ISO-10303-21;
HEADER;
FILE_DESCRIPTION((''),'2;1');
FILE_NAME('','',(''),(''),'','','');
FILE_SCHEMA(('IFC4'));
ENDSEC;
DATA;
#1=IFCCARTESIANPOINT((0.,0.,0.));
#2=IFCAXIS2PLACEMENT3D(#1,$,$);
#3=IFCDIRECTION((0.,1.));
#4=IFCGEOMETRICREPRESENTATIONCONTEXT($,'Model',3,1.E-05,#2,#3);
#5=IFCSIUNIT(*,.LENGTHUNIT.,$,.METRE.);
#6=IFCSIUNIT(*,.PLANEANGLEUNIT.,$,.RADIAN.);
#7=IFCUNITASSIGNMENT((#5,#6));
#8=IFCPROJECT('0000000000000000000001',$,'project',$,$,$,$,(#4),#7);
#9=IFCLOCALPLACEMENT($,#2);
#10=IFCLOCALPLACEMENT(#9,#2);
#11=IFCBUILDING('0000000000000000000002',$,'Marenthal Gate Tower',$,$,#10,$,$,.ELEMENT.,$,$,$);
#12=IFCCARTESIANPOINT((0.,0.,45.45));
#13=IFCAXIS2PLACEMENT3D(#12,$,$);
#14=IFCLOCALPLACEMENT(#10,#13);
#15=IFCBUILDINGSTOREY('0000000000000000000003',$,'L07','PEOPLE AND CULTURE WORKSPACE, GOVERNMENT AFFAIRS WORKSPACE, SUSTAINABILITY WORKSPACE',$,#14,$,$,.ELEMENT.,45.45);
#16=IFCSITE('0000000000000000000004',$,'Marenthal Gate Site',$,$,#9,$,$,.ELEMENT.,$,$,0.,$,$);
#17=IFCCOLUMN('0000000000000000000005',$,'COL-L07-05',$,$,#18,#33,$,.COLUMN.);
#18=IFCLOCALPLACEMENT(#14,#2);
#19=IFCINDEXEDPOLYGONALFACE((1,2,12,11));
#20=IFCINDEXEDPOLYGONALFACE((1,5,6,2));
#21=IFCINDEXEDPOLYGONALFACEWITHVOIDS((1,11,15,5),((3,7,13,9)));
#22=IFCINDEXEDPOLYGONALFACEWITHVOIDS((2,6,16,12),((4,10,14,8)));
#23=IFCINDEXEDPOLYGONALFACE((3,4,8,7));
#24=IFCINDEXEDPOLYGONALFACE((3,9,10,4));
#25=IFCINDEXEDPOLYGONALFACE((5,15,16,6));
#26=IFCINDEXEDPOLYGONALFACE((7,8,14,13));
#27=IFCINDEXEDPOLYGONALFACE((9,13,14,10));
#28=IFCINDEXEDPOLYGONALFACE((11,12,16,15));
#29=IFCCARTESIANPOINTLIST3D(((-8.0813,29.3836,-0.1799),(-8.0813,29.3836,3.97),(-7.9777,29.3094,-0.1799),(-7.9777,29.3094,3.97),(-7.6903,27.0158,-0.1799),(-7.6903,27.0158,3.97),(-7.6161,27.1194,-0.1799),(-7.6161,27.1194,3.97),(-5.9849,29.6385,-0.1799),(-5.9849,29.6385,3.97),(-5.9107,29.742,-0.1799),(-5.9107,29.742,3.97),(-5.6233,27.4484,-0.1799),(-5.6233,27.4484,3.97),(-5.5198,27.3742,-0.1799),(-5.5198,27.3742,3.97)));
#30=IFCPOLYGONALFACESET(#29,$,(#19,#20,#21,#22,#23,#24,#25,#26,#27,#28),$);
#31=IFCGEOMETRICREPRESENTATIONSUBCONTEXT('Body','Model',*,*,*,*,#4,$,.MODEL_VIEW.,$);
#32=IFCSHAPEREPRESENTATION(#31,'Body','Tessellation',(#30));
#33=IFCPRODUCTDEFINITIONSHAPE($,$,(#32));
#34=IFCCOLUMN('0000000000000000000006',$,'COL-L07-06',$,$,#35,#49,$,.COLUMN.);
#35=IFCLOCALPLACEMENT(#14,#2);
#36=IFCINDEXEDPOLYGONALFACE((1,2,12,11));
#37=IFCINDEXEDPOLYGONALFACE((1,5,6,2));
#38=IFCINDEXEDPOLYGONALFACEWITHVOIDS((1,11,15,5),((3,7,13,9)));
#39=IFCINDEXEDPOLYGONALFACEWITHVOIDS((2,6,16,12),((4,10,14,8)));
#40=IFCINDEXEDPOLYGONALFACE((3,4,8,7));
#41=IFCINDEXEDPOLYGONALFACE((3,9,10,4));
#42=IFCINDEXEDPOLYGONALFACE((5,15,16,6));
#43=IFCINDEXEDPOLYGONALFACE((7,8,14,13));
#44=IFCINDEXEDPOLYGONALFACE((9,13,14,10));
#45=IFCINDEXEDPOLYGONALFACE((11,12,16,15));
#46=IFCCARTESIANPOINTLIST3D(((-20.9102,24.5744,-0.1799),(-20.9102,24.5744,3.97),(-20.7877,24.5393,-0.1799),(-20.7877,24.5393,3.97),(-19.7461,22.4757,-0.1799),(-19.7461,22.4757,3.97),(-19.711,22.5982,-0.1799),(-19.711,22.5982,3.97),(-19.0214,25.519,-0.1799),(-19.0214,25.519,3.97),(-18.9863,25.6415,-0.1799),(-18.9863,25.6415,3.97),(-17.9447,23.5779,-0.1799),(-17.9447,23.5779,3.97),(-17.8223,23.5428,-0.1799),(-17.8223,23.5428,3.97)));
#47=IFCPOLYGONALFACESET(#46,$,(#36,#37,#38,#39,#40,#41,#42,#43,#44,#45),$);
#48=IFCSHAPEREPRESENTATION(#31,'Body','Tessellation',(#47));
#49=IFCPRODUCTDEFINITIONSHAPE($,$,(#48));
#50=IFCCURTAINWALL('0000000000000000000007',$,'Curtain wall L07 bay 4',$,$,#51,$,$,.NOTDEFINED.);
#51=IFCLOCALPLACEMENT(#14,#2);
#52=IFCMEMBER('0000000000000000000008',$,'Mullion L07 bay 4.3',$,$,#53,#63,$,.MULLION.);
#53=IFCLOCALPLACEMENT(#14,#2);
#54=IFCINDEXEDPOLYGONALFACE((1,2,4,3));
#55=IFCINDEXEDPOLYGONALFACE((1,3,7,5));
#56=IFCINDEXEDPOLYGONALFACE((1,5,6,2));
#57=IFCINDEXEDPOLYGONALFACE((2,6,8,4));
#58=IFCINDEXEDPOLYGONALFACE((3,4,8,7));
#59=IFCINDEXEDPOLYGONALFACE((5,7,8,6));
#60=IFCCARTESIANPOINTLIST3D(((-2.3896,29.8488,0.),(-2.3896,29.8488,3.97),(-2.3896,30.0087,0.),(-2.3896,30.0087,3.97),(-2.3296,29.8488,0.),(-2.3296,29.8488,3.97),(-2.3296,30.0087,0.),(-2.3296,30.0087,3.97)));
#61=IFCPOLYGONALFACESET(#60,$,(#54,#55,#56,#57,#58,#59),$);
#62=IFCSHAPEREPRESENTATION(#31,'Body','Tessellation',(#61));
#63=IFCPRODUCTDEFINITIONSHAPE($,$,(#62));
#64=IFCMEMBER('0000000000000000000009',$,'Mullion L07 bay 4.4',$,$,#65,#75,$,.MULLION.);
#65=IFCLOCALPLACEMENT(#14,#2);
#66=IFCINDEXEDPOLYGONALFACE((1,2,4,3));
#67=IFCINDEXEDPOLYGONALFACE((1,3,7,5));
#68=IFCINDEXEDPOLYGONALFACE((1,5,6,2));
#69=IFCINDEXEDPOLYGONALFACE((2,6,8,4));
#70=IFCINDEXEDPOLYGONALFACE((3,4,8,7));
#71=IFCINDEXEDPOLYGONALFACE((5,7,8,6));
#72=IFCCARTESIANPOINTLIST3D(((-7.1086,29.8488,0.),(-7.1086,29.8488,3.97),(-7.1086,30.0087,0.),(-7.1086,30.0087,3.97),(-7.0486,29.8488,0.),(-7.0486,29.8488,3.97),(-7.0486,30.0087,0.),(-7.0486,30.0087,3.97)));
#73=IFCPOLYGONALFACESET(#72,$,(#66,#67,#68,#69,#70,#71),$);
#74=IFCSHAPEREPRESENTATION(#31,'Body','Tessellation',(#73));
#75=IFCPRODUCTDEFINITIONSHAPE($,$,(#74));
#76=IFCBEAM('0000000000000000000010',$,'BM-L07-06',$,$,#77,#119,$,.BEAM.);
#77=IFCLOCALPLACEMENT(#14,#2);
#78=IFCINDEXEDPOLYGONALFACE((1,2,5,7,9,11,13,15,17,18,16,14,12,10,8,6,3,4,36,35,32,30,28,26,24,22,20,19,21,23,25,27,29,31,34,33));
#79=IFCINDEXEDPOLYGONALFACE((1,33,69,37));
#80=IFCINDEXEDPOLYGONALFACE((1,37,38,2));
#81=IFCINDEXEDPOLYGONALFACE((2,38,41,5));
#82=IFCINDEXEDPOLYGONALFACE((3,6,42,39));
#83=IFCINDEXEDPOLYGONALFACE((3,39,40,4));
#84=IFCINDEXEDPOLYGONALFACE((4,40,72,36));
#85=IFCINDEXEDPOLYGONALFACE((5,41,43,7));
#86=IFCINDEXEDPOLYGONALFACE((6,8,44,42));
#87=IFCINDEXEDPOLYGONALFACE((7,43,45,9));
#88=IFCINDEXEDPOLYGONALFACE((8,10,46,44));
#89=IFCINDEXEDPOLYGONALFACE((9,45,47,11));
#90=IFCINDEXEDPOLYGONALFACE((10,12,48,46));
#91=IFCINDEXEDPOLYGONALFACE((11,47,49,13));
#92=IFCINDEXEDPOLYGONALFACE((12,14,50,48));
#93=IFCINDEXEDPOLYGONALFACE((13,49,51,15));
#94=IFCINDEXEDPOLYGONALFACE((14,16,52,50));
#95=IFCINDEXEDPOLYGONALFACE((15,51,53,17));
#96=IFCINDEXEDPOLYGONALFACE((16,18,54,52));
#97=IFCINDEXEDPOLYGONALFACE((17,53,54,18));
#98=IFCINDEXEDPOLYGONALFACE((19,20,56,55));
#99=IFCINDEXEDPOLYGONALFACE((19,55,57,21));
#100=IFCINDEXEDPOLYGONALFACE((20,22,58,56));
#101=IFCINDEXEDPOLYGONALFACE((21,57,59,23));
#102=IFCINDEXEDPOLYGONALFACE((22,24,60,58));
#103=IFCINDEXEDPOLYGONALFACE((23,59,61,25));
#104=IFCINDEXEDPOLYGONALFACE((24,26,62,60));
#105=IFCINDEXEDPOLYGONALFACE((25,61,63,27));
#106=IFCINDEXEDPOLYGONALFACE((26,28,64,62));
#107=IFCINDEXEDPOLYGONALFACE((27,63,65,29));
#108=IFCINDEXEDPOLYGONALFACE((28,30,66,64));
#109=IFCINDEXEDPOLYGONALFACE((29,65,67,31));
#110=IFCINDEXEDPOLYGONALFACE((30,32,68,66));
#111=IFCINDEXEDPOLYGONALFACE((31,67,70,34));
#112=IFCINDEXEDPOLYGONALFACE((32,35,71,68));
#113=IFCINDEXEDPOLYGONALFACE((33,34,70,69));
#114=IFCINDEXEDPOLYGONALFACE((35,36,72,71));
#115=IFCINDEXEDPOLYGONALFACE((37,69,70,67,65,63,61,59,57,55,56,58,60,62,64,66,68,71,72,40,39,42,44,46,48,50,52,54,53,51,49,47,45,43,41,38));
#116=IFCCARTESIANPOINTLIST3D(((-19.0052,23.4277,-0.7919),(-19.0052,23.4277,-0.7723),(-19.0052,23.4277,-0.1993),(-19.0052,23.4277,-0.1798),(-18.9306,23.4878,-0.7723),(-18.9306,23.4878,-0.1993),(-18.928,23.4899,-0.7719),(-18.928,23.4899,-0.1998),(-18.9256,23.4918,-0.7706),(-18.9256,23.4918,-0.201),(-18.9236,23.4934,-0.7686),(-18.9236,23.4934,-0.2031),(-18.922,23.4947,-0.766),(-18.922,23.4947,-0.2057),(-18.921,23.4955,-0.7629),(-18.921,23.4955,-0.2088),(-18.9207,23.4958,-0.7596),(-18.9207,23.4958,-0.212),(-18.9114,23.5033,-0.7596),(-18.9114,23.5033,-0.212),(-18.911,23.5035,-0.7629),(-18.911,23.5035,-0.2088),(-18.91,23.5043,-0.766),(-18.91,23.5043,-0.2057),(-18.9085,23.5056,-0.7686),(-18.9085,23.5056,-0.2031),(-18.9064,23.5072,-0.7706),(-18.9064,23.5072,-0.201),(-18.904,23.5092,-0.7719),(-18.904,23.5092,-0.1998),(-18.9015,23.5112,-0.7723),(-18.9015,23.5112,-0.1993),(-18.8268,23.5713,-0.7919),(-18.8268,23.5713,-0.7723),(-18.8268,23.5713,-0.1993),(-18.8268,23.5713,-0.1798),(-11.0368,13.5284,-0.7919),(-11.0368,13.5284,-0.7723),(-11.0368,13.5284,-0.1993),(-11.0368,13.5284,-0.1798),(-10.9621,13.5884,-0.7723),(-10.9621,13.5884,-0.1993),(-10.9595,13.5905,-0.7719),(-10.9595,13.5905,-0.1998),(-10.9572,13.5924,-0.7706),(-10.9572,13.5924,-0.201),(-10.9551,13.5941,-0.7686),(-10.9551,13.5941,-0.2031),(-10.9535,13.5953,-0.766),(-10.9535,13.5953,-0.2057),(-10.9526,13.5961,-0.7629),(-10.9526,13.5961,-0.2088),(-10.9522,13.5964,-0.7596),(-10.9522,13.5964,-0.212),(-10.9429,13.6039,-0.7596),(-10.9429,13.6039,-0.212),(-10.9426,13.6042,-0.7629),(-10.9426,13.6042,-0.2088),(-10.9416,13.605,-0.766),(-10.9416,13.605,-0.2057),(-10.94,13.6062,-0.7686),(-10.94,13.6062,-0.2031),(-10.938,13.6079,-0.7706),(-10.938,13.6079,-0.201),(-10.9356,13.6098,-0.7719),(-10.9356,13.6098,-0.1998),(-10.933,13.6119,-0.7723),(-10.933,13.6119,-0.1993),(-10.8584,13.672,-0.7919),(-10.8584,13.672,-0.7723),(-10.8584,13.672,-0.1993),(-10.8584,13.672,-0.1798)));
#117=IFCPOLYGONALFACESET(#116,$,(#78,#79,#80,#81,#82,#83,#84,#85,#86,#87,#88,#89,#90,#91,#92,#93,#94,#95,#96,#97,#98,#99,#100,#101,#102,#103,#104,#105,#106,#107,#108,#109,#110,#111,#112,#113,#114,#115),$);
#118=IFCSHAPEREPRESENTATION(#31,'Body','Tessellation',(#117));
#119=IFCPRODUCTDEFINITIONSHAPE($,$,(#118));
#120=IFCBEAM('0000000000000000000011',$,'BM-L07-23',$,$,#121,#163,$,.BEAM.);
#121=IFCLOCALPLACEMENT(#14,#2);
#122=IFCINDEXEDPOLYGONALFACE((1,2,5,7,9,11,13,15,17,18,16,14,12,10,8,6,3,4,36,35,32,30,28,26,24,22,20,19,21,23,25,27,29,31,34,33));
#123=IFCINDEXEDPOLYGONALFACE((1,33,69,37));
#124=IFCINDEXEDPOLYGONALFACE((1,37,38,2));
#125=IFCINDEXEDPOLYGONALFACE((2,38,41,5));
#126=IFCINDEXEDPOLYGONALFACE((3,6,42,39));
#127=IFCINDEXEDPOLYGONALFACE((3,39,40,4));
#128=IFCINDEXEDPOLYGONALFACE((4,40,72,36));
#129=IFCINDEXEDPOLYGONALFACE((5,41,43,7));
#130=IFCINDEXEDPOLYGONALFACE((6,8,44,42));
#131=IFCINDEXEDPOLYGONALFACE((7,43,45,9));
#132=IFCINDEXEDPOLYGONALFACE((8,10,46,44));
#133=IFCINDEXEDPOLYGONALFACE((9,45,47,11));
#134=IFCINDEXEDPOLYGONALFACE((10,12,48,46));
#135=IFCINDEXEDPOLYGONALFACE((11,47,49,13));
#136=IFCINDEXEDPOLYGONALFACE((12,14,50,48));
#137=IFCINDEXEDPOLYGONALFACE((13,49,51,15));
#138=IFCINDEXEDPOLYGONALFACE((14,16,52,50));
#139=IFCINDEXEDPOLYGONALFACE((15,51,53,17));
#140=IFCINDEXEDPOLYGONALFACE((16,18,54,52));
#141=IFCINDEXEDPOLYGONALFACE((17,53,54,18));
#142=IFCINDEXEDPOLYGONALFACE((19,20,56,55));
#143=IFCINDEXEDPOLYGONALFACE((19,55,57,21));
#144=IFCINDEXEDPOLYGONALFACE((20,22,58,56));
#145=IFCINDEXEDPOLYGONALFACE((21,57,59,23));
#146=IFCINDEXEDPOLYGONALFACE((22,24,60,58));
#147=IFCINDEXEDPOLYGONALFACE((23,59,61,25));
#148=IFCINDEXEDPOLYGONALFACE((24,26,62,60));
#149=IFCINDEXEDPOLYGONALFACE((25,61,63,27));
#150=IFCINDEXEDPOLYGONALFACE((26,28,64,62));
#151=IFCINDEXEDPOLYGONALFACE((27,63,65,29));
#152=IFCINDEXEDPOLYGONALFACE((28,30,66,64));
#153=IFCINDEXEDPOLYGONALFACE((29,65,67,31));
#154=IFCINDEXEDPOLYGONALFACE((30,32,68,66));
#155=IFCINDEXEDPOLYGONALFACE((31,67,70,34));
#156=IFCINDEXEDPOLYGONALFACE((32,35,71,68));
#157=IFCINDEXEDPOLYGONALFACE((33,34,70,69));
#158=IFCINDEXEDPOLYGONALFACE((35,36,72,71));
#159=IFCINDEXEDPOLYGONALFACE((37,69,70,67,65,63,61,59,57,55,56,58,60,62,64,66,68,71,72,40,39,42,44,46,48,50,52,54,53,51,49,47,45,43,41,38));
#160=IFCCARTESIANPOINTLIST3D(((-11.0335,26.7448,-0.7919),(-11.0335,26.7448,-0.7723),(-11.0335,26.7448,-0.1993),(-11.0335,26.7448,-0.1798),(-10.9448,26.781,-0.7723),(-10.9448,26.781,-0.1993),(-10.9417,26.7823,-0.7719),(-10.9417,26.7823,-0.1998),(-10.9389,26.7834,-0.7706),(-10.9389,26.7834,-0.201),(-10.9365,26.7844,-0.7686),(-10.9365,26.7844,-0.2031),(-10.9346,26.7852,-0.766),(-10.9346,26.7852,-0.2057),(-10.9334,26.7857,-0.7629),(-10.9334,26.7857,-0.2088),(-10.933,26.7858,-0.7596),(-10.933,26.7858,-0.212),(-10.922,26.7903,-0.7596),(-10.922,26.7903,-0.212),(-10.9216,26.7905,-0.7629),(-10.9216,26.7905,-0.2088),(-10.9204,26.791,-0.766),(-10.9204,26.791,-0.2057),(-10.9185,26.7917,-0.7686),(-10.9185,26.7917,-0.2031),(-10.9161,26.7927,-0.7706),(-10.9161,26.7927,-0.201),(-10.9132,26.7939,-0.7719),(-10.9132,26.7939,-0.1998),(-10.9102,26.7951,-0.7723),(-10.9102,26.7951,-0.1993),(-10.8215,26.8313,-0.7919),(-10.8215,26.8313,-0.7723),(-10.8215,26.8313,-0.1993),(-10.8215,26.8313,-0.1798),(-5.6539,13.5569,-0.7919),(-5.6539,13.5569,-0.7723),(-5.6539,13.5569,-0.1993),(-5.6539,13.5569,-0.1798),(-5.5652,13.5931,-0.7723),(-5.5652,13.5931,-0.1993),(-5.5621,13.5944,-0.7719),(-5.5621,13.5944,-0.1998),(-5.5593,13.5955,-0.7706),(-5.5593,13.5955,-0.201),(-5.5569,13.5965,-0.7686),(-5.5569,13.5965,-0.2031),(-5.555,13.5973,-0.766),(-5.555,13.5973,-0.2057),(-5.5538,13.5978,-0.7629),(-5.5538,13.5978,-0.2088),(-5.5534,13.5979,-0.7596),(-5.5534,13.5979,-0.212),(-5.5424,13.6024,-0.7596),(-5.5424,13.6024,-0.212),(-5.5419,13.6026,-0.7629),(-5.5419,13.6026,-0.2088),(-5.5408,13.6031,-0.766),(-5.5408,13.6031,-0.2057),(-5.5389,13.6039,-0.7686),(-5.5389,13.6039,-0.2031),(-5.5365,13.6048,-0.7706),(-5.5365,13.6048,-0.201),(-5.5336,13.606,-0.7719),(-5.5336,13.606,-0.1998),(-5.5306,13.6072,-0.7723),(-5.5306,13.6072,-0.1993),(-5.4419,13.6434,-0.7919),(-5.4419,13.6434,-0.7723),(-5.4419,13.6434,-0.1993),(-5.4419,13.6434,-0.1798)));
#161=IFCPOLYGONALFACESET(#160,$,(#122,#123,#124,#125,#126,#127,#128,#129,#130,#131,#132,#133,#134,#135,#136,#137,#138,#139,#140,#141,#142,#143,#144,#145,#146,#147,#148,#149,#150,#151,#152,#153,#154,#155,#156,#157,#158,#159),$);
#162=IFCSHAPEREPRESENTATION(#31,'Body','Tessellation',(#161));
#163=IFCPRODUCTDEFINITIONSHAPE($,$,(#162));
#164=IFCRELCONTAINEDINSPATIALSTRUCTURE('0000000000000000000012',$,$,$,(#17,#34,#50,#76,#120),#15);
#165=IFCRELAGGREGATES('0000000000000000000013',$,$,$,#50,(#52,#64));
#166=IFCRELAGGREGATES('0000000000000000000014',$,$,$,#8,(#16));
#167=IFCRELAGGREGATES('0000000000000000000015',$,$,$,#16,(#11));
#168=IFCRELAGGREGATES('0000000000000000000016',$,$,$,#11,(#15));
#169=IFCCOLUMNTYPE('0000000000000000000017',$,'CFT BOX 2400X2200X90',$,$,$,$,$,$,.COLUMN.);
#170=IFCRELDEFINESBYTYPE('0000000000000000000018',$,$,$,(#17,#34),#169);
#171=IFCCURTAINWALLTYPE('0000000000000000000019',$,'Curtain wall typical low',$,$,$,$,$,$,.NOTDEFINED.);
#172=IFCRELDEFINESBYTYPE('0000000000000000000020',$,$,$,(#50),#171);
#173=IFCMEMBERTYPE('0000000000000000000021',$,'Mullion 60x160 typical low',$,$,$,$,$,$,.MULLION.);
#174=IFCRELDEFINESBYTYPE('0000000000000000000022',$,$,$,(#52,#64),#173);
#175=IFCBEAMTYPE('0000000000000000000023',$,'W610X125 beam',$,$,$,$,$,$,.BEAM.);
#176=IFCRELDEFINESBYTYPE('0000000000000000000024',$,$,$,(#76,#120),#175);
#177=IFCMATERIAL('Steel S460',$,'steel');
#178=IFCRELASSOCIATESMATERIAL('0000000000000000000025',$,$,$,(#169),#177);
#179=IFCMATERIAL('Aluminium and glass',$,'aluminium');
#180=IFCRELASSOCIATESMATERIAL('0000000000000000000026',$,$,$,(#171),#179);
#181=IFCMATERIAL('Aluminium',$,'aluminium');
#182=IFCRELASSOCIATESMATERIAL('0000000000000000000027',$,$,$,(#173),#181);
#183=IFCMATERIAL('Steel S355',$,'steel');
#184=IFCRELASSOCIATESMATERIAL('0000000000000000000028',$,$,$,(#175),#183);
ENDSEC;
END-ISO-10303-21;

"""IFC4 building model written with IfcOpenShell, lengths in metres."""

from ifc_helpers import new_model, si_unit, direction, frame, origin, origin_2d, place, context, subcontext, project, spatial, rectangle, hollow_rectangle, i_section, extrude, material, material_profile, profile_set, type_object, element, aggregate, save


model = new_model("IFC4")

# Units and contexts
model_context = context("Model", 3, precision=1e-05, world=origin(), true_north=direction((0.0, 1.0)))
body_context = subcontext(model_context, "Body", "Model", "MODEL_VIEW")
ifc_project = project(units=[si_unit("LENGTHUNIT", "METRE"), si_unit("PLANEANGLEUNIT", "RADIAN")], contexts=[model_context])

# Site, building, storey
site_placement = place(None, origin())
site = spatial("IfcSite", under=ifc_project, at=site_placement, Name="Marenthal Gate Site", CompositionType="ELEMENT", RefElevation=0.0)
building_placement = place(site_placement, origin())
building = spatial("IfcBuilding", under=site, at=building_placement, Name="Marenthal Gate Tower", CompositionType="ELEMENT")
storey_placement = place(building_placement, frame((0.0, 0.0, 45.45)))
storey = spatial("IfcBuildingStorey", under=building, at=storey_placement, Name="L07", Description="PEOPLE AND CULTURE WORKSPACE, GOVERNMENT AFFAIRS WORKSPACE, SUSTAINABILITY WORKSPACE", CompositionType="ELEMENT", Elevation=45.45)

# Columns
ifc_material_1 = material(Name="Steel S460", Category="steel")
ifc_material_profile_1 = material_profile(ifc_material_1, hollow_rectangle(XDim=2.2, YDim=2.3999, WallThickness=0.0901, at=origin_2d()), Name="CFT BOX 2400X2200X90")
ifc_material_2 = material(Name="Concrete 70 MPa", Category="concrete")
ifc_material_profile_2 = material_profile(ifc_material_2, rectangle(XDim=2.02, YDim=2.22, at=origin_2d()), Name="CFT BOX 2400X2200X90 INFILL")
ifc_profile_set_1 = profile_set([ifc_material_profile_1, ifc_material_profile_2], Name="Steel S460 shell, Concrete 70 MPa infill")
column_type = type_object("IfcColumnType", Name="CFT BOX 2400X2200X90", PredefinedType="COLUMN", material=ifc_profile_set_1)
for number, where, z_axis, x_axis, name in (
    (1, (-6.8005, 28.3789, -0.1799), (0.0, 0.0, 1.0), (0.986641, 0.162908, 0.0), "COL-L07-05"),
    (2, (-19.3662, 24.0586, -0.1799), (0.0, 0.0, 1.0), (0.874496, 0.485032, 0.0), "COL-L07-06"),
):
    element("IfcColumn", number, at=place(storey_placement, frame(where, z_axis=z_axis, x_axis=x_axis)), inside=storey, type_object=column_type, Name=name, PredefinedType="COLUMN", context=body_context, shape_type="SweptSolid", body=[
        extrude(hollow_rectangle(XDim=2.2, YDim=2.3999, WallThickness=0.0901, at=origin_2d()), origin(), (0.0, 0.0, 1.0), 4.1499),
    ])

# Curtain wall, members
ifc_material_3 = material(Name="Aluminium and glass", Category="aluminium")
curtain_wall_type = type_object("IfcCurtainWallType", Name="Curtain wall typical low", PredefinedType="NOTDEFINED", material=ifc_material_3)
curtain_wall_placement = place(storey_placement, origin())
curtain_wall = element("IfcCurtainWall", 3, at=curtain_wall_placement, inside=storey, type_object=curtain_wall_type, Name="Curtain wall L07 bay 4", PredefinedType="NOTDEFINED")
ifc_material_4 = material(Name="Aluminium", Category="aluminium")
ifc_material_profile_3 = material_profile(ifc_material_4, rectangle(XDim=0.1599, YDim=0.0601, at=origin_2d()), Name="60x160 aluminium mullion")
ifc_profile_set_2 = profile_set([ifc_material_profile_3], Name="Aluminium")
member_type = type_object("IfcMemberType", Name="Mullion 60x160 typical low", PredefinedType="MULLION", material=ifc_profile_set_2)
member_1_placement = place(storey_placement, frame((-2.3596, 29.9287, 0.0), z_axis=(0.0, 0.0, 1.0), x_axis=(0.0, -1.0, 0.0)))
member_1 = element("IfcMember", 4, at=member_1_placement, type_object=member_type, Name="Mullion L07 bay 4.3", PredefinedType="MULLION", context=body_context, shape_type="SweptSolid", body=[
    extrude(rectangle(XDim=0.1599, YDim=0.0601, at=origin_2d()), origin(), (0.0, 0.0, 1.0), 3.97),
])
member_2_placement = place(storey_placement, frame((-7.0786, 29.9287, 0.0), z_axis=(0.0, 0.0, 1.0), x_axis=(0.0, -1.0, 0.0)))
member_2 = element("IfcMember", 5, at=member_2_placement, type_object=member_type, Name="Mullion L07 bay 4.4", PredefinedType="MULLION", context=body_context, shape_type="SweptSolid", body=[
    extrude(rectangle(XDim=0.1599, YDim=0.0601, at=origin_2d()), origin(), (0.0, 0.0, 1.0), 3.97),
])

# Beams
ifc_material_5 = material(Name="Steel S355", Category="steel")
ifc_material_profile_4 = material_profile(ifc_material_5, i_section(OverallWidth=0.229, OverallDepth=0.6121, WebThickness=0.012, FlangeThickness=0.0195, FilletRadius=0.0127, at=origin_2d()), Name="W610X125")
ifc_profile_set_3 = profile_set([ifc_material_profile_4], Name="Steel S355")
beam_type_1 = type_object("IfcBeamType", Name="W610X125 beam", PredefinedType="BEAM", material=ifc_profile_set_3)
beam_1_placement = place(storey_placement, frame((-18.916, 23.4995, -0.4858), z_axis=(0.627042, -0.778985, 0.0), x_axis=(0.778985, 0.627042, 0.0)))
element("IfcBeam", 6, at=beam_1_placement, inside=storey, type_object=beam_type_1, Name="BM-L07-06", PredefinedType="BEAM", context=body_context, shape_type="SweptSolid", body=[
    extrude(i_section(OverallWidth=0.229, OverallDepth=0.6121, WebThickness=0.012, FlangeThickness=0.0195, FilletRadius=0.0127, at=origin_2d()), origin(), (0.0, 0.0, 1.0), 12.708),
])
beam_2_placement = place(storey_placement, frame((-10.9275, 26.7881, -0.4858), z_axis=(0.377704, -0.925927, 0.0), x_axis=(0.925927, 0.377704, 0.0)))
element("IfcBeam", 7, at=beam_2_placement, inside=storey, type_object=beam_type_1, Name="BM-L07-23", PredefinedType="BEAM", context=body_context, shape_type="SweptSolid", body=[
    extrude(i_section(OverallWidth=0.229, OverallDepth=0.6121, WebThickness=0.012, FlangeThickness=0.0195, FilletRadius=0.0127, at=origin_2d()), origin(), (0.0, 0.0, 1.0), 14.2429),
])

aggregate(curtain_wall, [member_1, member_2])

save(model, "model.ifc")
